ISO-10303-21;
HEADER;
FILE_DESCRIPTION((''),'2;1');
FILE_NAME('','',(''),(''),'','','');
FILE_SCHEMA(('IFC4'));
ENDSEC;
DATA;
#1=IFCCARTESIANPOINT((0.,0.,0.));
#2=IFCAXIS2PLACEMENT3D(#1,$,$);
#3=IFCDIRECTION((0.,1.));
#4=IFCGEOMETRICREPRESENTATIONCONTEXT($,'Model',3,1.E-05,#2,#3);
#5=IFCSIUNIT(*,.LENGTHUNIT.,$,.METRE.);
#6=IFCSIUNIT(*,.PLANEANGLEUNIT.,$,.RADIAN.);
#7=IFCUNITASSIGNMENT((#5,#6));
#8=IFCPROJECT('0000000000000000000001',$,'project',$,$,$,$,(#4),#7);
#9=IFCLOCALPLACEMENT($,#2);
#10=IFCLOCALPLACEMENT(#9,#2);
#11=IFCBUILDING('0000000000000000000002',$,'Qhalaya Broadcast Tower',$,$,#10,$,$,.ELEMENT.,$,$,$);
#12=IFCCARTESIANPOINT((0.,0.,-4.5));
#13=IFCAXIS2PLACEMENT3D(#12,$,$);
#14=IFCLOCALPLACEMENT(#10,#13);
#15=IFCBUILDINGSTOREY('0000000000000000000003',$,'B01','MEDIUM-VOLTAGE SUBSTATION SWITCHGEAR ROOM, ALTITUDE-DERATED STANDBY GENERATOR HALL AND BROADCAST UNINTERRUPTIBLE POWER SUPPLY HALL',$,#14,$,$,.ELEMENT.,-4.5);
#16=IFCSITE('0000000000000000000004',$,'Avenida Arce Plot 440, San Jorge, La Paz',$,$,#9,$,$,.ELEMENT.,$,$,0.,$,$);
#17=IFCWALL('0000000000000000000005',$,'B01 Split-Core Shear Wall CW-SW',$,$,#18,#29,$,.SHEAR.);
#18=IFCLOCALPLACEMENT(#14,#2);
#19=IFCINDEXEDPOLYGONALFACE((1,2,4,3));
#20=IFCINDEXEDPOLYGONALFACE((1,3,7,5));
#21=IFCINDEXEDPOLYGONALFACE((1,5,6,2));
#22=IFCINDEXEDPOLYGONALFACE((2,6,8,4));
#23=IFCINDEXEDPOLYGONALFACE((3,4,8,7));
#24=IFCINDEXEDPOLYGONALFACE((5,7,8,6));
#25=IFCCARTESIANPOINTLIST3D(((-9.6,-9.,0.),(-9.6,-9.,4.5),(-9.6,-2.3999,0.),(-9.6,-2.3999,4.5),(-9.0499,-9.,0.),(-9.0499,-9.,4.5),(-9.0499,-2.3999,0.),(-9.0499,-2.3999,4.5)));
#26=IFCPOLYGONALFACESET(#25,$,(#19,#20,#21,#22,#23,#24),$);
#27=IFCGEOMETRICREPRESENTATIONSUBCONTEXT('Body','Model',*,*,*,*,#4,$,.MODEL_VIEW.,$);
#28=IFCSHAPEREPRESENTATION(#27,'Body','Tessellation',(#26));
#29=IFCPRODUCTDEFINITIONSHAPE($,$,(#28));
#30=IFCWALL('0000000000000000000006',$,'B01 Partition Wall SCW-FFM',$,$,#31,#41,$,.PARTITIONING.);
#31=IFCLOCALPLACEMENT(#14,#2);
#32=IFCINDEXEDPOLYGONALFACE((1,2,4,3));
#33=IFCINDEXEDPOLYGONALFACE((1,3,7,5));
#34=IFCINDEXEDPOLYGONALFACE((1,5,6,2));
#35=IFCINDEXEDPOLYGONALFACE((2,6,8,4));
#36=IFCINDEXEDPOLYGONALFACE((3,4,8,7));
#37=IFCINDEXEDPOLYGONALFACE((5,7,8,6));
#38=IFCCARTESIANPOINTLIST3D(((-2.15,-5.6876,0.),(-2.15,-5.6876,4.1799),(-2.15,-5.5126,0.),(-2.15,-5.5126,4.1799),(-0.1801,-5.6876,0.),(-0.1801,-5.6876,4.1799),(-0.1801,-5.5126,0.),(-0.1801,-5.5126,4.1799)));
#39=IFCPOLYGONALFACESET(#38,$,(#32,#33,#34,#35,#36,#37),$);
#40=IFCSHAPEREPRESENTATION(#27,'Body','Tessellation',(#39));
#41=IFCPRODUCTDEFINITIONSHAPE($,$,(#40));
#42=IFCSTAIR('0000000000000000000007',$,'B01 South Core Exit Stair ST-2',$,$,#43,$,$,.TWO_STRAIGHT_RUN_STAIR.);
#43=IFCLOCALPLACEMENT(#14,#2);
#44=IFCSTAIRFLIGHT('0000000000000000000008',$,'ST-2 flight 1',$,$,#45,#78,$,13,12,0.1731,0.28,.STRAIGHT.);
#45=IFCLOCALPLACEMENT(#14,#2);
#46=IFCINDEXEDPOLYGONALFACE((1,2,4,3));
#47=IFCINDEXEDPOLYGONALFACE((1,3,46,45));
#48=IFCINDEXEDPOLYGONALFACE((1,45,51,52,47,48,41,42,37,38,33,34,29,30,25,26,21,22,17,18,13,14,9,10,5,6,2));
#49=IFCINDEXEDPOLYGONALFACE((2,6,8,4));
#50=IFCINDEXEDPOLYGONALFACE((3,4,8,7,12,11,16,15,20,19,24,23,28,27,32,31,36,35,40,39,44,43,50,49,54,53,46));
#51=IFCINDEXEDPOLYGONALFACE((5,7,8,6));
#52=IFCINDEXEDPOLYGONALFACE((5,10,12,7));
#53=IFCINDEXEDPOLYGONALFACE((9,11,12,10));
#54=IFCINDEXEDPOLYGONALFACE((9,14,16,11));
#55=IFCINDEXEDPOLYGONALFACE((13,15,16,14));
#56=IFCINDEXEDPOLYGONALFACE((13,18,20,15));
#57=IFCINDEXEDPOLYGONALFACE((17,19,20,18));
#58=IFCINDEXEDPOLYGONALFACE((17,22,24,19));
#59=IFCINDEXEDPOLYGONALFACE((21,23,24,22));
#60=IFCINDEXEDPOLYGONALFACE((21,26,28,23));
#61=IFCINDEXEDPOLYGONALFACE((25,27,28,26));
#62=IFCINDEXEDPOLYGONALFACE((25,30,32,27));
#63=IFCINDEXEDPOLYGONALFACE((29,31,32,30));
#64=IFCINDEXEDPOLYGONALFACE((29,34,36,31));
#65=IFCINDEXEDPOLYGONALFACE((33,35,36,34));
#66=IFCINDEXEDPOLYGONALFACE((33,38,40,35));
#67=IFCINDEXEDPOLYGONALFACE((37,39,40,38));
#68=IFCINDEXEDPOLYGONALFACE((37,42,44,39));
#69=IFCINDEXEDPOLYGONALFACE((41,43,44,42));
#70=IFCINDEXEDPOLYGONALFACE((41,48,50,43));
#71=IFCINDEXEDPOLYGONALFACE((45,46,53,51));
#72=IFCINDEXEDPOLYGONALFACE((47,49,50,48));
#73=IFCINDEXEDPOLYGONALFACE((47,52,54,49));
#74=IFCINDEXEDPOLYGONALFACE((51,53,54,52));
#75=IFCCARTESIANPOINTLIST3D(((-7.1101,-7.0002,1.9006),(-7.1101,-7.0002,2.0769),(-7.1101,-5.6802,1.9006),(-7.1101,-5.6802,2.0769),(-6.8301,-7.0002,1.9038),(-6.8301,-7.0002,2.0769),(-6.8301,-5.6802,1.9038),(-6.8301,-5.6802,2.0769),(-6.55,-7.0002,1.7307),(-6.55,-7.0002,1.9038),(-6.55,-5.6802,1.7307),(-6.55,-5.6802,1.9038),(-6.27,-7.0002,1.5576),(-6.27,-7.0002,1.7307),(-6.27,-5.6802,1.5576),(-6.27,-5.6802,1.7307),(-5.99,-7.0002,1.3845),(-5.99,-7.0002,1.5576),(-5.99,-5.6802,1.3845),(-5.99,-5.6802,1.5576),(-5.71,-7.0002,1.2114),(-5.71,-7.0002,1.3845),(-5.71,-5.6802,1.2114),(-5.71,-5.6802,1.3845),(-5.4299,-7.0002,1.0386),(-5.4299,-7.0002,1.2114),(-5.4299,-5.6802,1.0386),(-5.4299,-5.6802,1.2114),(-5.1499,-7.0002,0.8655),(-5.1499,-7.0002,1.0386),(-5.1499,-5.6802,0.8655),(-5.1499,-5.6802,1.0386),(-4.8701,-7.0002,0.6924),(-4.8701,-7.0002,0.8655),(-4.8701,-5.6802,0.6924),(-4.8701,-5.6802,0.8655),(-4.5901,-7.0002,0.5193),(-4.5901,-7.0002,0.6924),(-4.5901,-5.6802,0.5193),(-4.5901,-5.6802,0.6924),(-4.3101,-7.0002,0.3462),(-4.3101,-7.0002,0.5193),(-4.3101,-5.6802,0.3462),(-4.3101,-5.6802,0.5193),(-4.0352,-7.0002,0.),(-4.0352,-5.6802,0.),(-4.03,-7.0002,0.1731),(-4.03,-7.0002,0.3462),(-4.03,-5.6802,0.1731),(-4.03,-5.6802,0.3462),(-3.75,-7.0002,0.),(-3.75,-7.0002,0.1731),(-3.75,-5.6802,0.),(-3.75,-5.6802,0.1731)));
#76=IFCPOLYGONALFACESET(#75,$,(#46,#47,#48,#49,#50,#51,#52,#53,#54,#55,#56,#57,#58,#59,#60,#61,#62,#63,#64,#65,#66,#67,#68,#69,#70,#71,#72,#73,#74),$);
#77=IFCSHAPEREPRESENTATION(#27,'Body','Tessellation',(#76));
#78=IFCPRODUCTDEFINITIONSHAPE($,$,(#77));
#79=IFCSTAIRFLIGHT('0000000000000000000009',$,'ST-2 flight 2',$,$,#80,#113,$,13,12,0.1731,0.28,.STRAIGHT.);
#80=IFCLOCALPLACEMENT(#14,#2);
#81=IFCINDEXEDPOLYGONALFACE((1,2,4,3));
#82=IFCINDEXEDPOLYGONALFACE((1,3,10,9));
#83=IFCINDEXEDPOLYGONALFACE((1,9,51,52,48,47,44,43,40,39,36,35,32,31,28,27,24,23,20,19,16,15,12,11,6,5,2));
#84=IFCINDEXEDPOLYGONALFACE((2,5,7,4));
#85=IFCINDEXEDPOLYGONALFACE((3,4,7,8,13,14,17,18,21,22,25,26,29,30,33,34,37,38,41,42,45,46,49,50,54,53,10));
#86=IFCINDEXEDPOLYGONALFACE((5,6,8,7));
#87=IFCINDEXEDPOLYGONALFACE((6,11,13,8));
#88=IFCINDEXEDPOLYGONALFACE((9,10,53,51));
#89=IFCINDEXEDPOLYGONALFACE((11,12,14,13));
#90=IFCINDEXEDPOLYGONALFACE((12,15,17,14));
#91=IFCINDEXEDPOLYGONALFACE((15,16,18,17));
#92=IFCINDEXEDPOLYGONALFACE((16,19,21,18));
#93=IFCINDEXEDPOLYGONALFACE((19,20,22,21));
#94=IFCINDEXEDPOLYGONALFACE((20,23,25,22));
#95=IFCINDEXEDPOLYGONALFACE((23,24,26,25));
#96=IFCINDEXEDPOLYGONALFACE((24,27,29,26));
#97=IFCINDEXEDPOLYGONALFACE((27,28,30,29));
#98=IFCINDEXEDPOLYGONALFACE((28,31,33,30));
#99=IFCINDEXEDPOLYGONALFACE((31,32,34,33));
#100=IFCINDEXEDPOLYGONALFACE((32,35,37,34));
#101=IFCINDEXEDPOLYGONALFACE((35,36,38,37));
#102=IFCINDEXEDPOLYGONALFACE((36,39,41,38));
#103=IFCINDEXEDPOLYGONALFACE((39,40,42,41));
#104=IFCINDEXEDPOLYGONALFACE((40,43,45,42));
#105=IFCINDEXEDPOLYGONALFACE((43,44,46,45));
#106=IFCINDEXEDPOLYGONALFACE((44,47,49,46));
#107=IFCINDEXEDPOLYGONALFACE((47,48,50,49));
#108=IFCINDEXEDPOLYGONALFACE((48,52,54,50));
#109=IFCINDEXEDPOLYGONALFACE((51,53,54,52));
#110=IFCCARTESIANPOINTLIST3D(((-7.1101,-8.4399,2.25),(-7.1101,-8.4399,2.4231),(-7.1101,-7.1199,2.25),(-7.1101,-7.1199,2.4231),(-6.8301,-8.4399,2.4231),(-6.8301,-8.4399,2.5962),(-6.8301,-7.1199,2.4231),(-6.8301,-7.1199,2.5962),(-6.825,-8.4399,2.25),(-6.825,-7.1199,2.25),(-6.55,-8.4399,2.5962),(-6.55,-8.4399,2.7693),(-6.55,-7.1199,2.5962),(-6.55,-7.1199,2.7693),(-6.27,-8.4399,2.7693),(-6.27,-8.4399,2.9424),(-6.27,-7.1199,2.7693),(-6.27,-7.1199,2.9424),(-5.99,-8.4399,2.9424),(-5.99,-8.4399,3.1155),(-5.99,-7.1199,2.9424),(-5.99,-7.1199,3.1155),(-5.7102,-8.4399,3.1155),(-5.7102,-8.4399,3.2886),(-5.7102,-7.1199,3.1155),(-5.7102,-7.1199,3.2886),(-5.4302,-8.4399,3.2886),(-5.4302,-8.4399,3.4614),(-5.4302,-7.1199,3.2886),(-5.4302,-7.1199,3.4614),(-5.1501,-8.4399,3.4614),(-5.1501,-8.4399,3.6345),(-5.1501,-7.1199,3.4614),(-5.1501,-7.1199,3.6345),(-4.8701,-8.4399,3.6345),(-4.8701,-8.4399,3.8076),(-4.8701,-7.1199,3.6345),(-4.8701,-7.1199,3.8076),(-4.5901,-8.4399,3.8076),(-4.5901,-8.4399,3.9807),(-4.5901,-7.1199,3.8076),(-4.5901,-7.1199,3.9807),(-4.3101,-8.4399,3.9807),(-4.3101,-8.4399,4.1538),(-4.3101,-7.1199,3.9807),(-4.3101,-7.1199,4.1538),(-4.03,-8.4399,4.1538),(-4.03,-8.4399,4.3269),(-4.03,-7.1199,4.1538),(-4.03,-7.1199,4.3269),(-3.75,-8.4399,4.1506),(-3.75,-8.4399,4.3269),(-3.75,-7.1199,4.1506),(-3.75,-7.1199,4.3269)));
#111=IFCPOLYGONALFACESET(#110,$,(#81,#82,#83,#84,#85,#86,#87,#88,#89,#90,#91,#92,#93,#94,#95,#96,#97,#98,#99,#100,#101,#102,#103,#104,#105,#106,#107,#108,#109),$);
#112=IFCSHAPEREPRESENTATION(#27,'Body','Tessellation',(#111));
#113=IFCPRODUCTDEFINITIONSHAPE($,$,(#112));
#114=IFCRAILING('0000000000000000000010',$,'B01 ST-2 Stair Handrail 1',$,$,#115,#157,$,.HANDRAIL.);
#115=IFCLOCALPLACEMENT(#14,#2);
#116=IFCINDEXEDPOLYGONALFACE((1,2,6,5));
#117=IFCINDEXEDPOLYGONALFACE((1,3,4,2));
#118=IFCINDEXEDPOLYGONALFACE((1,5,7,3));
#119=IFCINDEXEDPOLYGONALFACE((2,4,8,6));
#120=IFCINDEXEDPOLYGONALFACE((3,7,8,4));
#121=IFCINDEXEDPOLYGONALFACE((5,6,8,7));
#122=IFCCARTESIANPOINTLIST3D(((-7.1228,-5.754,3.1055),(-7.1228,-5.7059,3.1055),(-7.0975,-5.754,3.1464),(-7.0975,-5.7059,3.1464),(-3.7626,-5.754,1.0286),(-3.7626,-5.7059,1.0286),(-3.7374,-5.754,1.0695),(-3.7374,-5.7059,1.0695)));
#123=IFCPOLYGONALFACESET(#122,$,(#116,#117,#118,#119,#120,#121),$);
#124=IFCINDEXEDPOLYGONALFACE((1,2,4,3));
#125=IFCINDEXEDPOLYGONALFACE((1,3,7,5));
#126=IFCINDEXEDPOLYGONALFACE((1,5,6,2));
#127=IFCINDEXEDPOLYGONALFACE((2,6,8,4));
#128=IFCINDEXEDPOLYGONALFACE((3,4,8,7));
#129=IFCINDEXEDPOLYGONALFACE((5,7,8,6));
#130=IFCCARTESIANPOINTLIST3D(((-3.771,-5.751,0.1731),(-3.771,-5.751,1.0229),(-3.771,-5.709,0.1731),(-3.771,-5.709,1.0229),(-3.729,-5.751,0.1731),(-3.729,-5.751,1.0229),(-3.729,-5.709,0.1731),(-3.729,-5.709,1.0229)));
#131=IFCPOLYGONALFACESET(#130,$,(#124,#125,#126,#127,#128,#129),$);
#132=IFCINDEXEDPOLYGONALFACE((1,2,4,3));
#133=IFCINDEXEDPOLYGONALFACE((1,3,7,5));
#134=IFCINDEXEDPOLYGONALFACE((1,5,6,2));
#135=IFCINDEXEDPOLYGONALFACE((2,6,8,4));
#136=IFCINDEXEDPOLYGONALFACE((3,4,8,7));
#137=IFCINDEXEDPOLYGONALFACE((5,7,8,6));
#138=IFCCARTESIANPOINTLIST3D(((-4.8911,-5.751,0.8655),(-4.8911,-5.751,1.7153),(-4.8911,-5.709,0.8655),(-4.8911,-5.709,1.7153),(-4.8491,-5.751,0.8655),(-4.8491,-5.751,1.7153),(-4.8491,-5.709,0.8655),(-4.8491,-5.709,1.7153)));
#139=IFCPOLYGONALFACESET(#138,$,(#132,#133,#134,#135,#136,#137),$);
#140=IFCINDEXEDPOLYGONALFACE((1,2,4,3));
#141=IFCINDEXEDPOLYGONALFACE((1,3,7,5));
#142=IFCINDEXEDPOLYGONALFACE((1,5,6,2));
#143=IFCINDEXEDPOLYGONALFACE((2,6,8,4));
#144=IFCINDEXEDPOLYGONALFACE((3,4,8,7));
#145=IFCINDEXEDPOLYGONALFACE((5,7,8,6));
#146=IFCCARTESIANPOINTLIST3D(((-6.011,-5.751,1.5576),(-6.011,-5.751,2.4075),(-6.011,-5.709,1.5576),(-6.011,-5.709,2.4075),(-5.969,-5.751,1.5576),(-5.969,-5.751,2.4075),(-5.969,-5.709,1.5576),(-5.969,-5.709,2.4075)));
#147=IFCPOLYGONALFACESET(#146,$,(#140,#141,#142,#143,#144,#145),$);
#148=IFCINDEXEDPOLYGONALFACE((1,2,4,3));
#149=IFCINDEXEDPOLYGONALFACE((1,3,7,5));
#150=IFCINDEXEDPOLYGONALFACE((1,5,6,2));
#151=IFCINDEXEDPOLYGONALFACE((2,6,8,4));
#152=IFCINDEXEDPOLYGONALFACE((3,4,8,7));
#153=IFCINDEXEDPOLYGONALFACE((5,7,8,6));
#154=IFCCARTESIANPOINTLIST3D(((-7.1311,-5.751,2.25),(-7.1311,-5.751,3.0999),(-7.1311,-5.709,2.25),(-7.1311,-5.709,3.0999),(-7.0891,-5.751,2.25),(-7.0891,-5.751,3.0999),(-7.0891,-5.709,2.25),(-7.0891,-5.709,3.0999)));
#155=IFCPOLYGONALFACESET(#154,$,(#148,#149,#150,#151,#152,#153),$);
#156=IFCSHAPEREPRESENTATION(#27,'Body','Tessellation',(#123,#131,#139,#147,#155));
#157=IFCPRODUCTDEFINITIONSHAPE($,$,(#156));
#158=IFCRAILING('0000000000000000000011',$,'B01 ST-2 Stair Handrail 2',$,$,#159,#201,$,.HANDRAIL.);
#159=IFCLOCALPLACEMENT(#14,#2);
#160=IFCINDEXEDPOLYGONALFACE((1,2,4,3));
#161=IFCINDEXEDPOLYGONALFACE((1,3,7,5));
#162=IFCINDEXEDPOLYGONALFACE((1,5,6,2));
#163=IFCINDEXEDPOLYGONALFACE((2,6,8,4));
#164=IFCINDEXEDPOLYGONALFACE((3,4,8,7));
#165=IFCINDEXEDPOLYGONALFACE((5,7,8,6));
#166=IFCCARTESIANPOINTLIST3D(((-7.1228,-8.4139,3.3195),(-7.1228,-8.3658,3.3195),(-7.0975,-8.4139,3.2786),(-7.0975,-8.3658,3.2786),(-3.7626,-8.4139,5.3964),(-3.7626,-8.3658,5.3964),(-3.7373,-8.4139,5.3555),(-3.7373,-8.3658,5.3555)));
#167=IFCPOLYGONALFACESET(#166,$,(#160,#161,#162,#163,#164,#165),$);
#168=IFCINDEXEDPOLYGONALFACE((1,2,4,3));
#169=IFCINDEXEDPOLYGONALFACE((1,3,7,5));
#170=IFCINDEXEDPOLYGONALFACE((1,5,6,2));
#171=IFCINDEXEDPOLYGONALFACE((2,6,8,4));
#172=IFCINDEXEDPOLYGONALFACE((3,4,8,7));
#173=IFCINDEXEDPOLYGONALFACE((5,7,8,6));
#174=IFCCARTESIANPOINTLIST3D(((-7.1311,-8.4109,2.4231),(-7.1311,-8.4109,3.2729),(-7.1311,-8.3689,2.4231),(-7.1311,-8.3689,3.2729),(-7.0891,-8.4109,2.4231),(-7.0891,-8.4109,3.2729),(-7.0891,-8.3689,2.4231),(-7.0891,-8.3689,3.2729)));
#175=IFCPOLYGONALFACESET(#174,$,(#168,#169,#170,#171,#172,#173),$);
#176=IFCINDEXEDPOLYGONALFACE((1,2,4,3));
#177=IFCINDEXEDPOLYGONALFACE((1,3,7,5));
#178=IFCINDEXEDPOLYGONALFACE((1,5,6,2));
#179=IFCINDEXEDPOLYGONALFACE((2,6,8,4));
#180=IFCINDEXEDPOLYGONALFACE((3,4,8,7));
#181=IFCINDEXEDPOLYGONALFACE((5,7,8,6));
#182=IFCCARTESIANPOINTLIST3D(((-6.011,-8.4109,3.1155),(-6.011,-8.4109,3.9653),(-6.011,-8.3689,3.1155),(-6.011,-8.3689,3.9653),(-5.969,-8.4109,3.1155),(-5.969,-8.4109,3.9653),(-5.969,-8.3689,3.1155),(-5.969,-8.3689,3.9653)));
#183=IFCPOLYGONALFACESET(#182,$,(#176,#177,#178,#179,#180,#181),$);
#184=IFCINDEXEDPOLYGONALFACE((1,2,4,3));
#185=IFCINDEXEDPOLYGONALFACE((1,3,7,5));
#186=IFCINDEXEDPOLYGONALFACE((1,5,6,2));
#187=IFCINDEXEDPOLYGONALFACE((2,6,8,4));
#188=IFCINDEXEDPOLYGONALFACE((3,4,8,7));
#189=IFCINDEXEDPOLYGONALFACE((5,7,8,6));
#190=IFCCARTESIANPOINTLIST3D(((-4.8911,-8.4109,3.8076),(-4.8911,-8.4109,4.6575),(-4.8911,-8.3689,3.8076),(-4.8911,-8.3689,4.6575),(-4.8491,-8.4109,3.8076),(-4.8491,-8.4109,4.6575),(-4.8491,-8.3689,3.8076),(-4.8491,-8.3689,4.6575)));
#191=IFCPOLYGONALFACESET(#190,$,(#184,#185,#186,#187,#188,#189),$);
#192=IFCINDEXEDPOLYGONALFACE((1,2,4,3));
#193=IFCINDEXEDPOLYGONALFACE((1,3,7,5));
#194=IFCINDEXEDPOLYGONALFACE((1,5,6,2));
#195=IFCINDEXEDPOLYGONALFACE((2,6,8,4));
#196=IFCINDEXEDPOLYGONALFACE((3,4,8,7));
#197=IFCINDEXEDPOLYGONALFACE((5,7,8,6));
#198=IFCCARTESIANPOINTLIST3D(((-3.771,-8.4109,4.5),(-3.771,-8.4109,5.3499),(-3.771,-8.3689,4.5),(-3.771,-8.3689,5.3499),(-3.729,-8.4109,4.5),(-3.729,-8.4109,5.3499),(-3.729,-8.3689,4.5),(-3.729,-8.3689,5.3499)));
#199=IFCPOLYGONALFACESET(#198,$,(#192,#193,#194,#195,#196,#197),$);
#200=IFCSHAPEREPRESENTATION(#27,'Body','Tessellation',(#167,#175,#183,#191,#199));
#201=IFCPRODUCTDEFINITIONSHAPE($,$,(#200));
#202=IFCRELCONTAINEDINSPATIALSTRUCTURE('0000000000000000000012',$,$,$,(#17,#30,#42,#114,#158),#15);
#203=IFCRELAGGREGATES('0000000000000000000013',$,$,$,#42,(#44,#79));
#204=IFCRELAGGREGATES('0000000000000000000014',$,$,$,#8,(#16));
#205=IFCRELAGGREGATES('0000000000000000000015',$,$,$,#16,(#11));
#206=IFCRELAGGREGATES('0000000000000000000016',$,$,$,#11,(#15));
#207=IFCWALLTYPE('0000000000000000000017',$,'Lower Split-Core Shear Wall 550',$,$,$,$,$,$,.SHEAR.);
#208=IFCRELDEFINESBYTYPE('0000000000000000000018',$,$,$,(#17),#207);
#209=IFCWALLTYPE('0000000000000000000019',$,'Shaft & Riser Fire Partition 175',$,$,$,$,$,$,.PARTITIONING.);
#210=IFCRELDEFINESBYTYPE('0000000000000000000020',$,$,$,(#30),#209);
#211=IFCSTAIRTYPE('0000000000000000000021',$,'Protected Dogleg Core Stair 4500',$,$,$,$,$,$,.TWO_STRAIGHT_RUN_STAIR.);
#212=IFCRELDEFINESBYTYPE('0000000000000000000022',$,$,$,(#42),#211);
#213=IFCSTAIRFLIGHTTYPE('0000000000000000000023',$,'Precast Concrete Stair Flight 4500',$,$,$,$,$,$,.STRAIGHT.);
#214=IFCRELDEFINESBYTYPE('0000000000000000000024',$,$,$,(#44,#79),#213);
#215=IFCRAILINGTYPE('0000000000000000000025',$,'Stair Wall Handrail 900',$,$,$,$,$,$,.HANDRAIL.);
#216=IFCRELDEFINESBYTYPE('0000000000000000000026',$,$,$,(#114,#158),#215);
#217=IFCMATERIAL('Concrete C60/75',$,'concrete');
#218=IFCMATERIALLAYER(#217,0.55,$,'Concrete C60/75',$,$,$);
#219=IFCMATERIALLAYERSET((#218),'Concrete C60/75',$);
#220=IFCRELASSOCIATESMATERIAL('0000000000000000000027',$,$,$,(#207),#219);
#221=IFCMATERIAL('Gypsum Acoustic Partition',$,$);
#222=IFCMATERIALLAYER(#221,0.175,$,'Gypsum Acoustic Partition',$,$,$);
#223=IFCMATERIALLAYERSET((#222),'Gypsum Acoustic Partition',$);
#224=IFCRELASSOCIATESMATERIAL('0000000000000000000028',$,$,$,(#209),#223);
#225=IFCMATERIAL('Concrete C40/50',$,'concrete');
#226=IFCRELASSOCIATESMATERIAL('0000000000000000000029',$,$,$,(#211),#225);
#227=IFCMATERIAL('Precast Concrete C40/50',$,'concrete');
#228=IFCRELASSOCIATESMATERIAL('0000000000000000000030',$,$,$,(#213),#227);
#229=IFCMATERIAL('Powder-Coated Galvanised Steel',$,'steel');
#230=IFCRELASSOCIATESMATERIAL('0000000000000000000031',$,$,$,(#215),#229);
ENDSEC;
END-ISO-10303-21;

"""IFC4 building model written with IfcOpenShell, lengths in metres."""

from ifc_helpers import new_model, si_unit, direction, frame, frame_2d, origin, origin_2d, place, context, subcontext, project, spatial, polyline, rectangle, outline, extrude, material, layer, layer_set, type_object, element, aggregate, save


model = new_model("IFC4")

# Units and contexts
model_context = context("Model", 3, precision=1e-05, world=origin(), true_north=direction((0.0, 1.0)))
body_context = subcontext(model_context, "Body", "Model", "MODEL_VIEW")
ifc_project = project(units=[si_unit("LENGTHUNIT", "METRE"), si_unit("PLANEANGLEUNIT", "RADIAN")], contexts=[model_context])

# Site, building, storey
site_placement = place(None, origin())
site = spatial("IfcSite", under=ifc_project, at=site_placement, Name="Avenida Arce Plot 440, San Jorge, La Paz", CompositionType="ELEMENT", RefElevation=0.0)
building_placement = place(site_placement, origin())
building = spatial("IfcBuilding", under=site, at=building_placement, Name="Qhalaya Broadcast Tower", CompositionType="ELEMENT")
storey_placement = place(building_placement, frame((0.0, 0.0, -4.5)))
storey = spatial("IfcBuildingStorey", under=building, at=storey_placement, Name="B01", Description="MEDIUM-VOLTAGE SUBSTATION SWITCHGEAR ROOM, ALTITUDE-DERATED STANDBY GENERATOR HALL AND BROADCAST UNINTERRUPTIBLE POWER SUPPLY HALL", CompositionType="ELEMENT", Elevation=-4.5)

# Shared definitions
ifc_material_1 = material(Name="Concrete C60/75", Category="concrete")

# Shared definitions
ifc_layer_1 = layer(ifc_material_1, 0.55, Name="Concrete C60/75")
ifc_layer_set_1 = layer_set([ifc_layer_1], Name="Concrete C60/75")
wall_type_1 = type_object("IfcWallType", Name="Lower Split-Core Shear Wall 550", PredefinedType="SHEAR", material=ifc_layer_set_1)

# Walls
wall_1_placement = place(storey_placement, frame((-9.325, -9.0, 0.0), z_axis=(0.0, 0.0, 1.0), x_axis=(0.0, 1.0, 0.0)))
element("IfcWall", 1, at=wall_1_placement, inside=storey, type_object=wall_type_1, Name="B01 Split-Core Shear Wall CW-SW", PredefinedType="SHEAR", context=body_context, shape_type="SweptSolid", body=[
    extrude(rectangle(XDim=6.6001, YDim=0.55, at=frame_2d((3.3, 0.0))), origin(), (0.0, 0.0, 1.0), 4.5),
])
ifc_material_2 = material(Name="Gypsum Acoustic Partition")
ifc_layer_2 = layer(ifc_material_2, 0.175, Name="Gypsum Acoustic Partition")
ifc_layer_set_2 = layer_set([ifc_layer_2], Name="Gypsum Acoustic Partition")
wall_type_2 = type_object("IfcWallType", Name="Shaft & Riser Fire Partition 175", PredefinedType="PARTITIONING", material=ifc_layer_set_2)
wall_2_placement = place(storey_placement, frame((-2.1499, -5.6001, 0.0), z_axis=(0.0, 0.0, 1.0), x_axis=(1.0, 0.0, 0.0)))
element("IfcWall", 2, at=wall_2_placement, inside=storey, type_object=wall_type_2, Name="B01 Partition Wall SCW-FFM", PredefinedType="PARTITIONING", context=body_context, shape_type="SweptSolid", body=[
    extrude(rectangle(XDim=1.97, YDim=0.175, at=frame_2d((0.9849, 0.0))), origin(), (0.0, 0.0, 1.0), 4.1799),
])

# Stair, stair flights
ifc_material_3 = material(Name="Concrete C40/50", Category="concrete")
stair_type = type_object("IfcStairType", Name="Protected Dogleg Core Stair 4500", PredefinedType="TWO_STRAIGHT_RUN_STAIR", material=ifc_material_3)
stair_placement = place(storey_placement, origin())
stair = element("IfcStair", 3, at=stair_placement, inside=storey, type_object=stair_type, Name="B01 South Core Exit Stair ST-2", PredefinedType="TWO_STRAIGHT_RUN_STAIR")
ifc_material_4 = material(Name="Precast Concrete C40/50", Category="concrete")
stair_flight_type = type_object("IfcStairFlightType", Name="Precast Concrete Stair Flight 4500", PredefinedType="STRAIGHT", material=ifc_material_4)
stair_flight_1_placement = place(storey_placement, frame((-3.75, -6.3401, 0.0), z_axis=(0.0, 0.0, 1.0), x_axis=(-1.0, 0.0, 0.0)))
stair_flight_1 = element("IfcStairFlight", 4, at=stair_flight_1_placement, type_object=stair_flight_type, Name="ST-2 flight 1", NumberOfRisers=13, NumberOfTreads=12, PredefinedType="STRAIGHT", RiserHeight=0.1731, TreadLength=0.28, context=body_context, shape_type="SweptSolid", body=[
    extrude(outline(polyline([(0.0, 0.0), (0.0, 0.1731), (0.28, 0.1731), (0.28, 0.3462), (0.5601, 0.3462), (0.5601, 0.5193), (0.8401, 0.5193), (0.8401, 0.6924), (1.1201, 0.6924), (1.1201, 0.8655), (1.3999, 0.8655), (1.3999, 1.0386), (1.6799, 1.0386), (1.6799, 1.2114), (1.96, 1.2114), (1.96, 1.3845), (2.24, 1.3845), (2.24, 1.5576), (2.52, 1.5576), (2.52, 1.7307), (2.8, 1.7307), (2.8, 1.9038), (3.0801, 1.9038), (3.0801, 2.0769), (3.3601, 2.0769), (3.3601, 2.25), (3.3601, 1.9006), (0.2852, 0.0), (0.0, 0.0)])), frame((0.0, 0.6602, 0.0), z_axis=(0.0, -1.0, 0.0), x_axis=(1.0, 0.0, 0.0)), (0.0, 0.0, 1.0), 1.3201),
])
stair_flight_2_placement = place(storey_placement, frame((-7.1101, -7.78, 2.25), z_axis=(0.0, 0.0, 1.0), x_axis=(1.0, 0.0, 0.0)))
stair_flight_2 = element("IfcStairFlight", 5, at=stair_flight_2_placement, type_object=stair_flight_type, Name="ST-2 flight 2", NumberOfRisers=13, NumberOfTreads=12, PredefinedType="STRAIGHT", RiserHeight=0.1731, TreadLength=0.28, context=body_context, shape_type="SweptSolid", body=[
    extrude(outline(polyline([(0.0, 0.0), (0.0, 0.1731), (0.28, 0.1731), (0.28, 0.3462), (0.5601, 0.3462), (0.5601, 0.5193), (0.8401, 0.5193), (0.8401, 0.6924), (1.1201, 0.6924), (1.1201, 0.8655), (1.3999, 0.8655), (1.3999, 1.0386), (1.6799, 1.0386), (1.6799, 1.2114), (1.96, 1.2114), (1.96, 1.3845), (2.24, 1.3845), (2.24, 1.5576), (2.52, 1.5576), (2.52, 1.7307), (2.8, 1.7307), (2.8, 1.9038), (3.0801, 1.9038), (3.0801, 2.0769), (3.3601, 2.0769), (3.3601, 2.25), (3.3601, 1.9006), (0.2852, 0.0), (0.0, 0.0)])), frame((0.0, 0.6602, 0.0), z_axis=(0.0, -1.0, 0.0), x_axis=(1.0, 0.0, 0.0)), (0.0, 0.0, 1.0), 1.3201),
])
aggregate(stair, [stair_flight_1, stair_flight_2])

# Railings
ifc_material_5 = material(Name="Powder-Coated Galvanised Steel", Category="steel")
railing_type_1 = type_object("IfcRailingType", Name="Stair Wall Handrail 900", PredefinedType="HANDRAIL", material=ifc_material_5)
railing_1_placement = place(storey_placement, frame((-3.75, -5.73, 0.1731)))
element("IfcRailing", 6, at=railing_1_placement, inside=storey, type_object=railing_type_1, Name="B01 ST-2 Stair Handrail 1", PredefinedType="HANDRAIL", context=body_context, shape_type="SweptSolid", body=[
    extrude(rectangle(XDim=0.0481, YDim=0.0481, at=origin_2d()), frame((0.0, 0.0, 0.876), z_axis=(-0.850623, 0.0, 0.525776), x_axis=(0.0, -1.0, 0.0)), (0.0, 0.0, 1.0), 3.9502),
    extrude(rectangle(XDim=0.042, YDim=0.042, at=origin_2d()), origin(), (0.0, 0.0, 1.0), 0.8499),
    extrude(rectangle(XDim=0.042, YDim=0.042, at=origin_2d()), frame((-1.1201, 0.0, 0.6924)), (0.0, 0.0, 1.0), 0.8499),
    extrude(rectangle(XDim=0.042, YDim=0.042, at=origin_2d()), frame((-2.24, 0.0, 1.3845)), (0.0, 0.0, 1.0), 0.8499),
    extrude(rectangle(XDim=0.042, YDim=0.042, at=origin_2d()), frame((-3.3601, 0.0, 2.0769)), (0.0, 0.0, 1.0), 0.8499),
])
railing_2_placement = place(storey_placement, frame((-7.1101, -8.3899, 2.4231)))
element("IfcRailing", 7, at=railing_2_placement, inside=storey, type_object=railing_type_1, Name="B01 ST-2 Stair Handrail 2", PredefinedType="HANDRAIL", context=body_context, shape_type="SweptSolid", body=[
    extrude(rectangle(XDim=0.0481, YDim=0.0481, at=origin_2d()), frame((0.0, 0.0, 0.876), z_axis=(0.850623, 0.0, 0.525776), x_axis=(0.0, 1.0, 0.0)), (0.0, 0.0, 1.0), 3.9502),
    extrude(rectangle(XDim=0.042, YDim=0.042, at=origin_2d()), origin(), (0.0, 0.0, 1.0), 0.8499),
    extrude(rectangle(XDim=0.042, YDim=0.042, at=origin_2d()), frame((1.1201, 0.0, 0.6924)), (0.0, 0.0, 1.0), 0.8499),
    extrude(rectangle(XDim=0.042, YDim=0.042, at=origin_2d()), frame((2.24, 0.0, 1.3845)), (0.0, 0.0, 1.0), 0.8499),
    extrude(rectangle(XDim=0.042, YDim=0.042, at=origin_2d()), frame((3.3601, 0.0, 2.0769)), (0.0, 0.0, 1.0), 0.8499),
])

save(model, "model.ifc")
